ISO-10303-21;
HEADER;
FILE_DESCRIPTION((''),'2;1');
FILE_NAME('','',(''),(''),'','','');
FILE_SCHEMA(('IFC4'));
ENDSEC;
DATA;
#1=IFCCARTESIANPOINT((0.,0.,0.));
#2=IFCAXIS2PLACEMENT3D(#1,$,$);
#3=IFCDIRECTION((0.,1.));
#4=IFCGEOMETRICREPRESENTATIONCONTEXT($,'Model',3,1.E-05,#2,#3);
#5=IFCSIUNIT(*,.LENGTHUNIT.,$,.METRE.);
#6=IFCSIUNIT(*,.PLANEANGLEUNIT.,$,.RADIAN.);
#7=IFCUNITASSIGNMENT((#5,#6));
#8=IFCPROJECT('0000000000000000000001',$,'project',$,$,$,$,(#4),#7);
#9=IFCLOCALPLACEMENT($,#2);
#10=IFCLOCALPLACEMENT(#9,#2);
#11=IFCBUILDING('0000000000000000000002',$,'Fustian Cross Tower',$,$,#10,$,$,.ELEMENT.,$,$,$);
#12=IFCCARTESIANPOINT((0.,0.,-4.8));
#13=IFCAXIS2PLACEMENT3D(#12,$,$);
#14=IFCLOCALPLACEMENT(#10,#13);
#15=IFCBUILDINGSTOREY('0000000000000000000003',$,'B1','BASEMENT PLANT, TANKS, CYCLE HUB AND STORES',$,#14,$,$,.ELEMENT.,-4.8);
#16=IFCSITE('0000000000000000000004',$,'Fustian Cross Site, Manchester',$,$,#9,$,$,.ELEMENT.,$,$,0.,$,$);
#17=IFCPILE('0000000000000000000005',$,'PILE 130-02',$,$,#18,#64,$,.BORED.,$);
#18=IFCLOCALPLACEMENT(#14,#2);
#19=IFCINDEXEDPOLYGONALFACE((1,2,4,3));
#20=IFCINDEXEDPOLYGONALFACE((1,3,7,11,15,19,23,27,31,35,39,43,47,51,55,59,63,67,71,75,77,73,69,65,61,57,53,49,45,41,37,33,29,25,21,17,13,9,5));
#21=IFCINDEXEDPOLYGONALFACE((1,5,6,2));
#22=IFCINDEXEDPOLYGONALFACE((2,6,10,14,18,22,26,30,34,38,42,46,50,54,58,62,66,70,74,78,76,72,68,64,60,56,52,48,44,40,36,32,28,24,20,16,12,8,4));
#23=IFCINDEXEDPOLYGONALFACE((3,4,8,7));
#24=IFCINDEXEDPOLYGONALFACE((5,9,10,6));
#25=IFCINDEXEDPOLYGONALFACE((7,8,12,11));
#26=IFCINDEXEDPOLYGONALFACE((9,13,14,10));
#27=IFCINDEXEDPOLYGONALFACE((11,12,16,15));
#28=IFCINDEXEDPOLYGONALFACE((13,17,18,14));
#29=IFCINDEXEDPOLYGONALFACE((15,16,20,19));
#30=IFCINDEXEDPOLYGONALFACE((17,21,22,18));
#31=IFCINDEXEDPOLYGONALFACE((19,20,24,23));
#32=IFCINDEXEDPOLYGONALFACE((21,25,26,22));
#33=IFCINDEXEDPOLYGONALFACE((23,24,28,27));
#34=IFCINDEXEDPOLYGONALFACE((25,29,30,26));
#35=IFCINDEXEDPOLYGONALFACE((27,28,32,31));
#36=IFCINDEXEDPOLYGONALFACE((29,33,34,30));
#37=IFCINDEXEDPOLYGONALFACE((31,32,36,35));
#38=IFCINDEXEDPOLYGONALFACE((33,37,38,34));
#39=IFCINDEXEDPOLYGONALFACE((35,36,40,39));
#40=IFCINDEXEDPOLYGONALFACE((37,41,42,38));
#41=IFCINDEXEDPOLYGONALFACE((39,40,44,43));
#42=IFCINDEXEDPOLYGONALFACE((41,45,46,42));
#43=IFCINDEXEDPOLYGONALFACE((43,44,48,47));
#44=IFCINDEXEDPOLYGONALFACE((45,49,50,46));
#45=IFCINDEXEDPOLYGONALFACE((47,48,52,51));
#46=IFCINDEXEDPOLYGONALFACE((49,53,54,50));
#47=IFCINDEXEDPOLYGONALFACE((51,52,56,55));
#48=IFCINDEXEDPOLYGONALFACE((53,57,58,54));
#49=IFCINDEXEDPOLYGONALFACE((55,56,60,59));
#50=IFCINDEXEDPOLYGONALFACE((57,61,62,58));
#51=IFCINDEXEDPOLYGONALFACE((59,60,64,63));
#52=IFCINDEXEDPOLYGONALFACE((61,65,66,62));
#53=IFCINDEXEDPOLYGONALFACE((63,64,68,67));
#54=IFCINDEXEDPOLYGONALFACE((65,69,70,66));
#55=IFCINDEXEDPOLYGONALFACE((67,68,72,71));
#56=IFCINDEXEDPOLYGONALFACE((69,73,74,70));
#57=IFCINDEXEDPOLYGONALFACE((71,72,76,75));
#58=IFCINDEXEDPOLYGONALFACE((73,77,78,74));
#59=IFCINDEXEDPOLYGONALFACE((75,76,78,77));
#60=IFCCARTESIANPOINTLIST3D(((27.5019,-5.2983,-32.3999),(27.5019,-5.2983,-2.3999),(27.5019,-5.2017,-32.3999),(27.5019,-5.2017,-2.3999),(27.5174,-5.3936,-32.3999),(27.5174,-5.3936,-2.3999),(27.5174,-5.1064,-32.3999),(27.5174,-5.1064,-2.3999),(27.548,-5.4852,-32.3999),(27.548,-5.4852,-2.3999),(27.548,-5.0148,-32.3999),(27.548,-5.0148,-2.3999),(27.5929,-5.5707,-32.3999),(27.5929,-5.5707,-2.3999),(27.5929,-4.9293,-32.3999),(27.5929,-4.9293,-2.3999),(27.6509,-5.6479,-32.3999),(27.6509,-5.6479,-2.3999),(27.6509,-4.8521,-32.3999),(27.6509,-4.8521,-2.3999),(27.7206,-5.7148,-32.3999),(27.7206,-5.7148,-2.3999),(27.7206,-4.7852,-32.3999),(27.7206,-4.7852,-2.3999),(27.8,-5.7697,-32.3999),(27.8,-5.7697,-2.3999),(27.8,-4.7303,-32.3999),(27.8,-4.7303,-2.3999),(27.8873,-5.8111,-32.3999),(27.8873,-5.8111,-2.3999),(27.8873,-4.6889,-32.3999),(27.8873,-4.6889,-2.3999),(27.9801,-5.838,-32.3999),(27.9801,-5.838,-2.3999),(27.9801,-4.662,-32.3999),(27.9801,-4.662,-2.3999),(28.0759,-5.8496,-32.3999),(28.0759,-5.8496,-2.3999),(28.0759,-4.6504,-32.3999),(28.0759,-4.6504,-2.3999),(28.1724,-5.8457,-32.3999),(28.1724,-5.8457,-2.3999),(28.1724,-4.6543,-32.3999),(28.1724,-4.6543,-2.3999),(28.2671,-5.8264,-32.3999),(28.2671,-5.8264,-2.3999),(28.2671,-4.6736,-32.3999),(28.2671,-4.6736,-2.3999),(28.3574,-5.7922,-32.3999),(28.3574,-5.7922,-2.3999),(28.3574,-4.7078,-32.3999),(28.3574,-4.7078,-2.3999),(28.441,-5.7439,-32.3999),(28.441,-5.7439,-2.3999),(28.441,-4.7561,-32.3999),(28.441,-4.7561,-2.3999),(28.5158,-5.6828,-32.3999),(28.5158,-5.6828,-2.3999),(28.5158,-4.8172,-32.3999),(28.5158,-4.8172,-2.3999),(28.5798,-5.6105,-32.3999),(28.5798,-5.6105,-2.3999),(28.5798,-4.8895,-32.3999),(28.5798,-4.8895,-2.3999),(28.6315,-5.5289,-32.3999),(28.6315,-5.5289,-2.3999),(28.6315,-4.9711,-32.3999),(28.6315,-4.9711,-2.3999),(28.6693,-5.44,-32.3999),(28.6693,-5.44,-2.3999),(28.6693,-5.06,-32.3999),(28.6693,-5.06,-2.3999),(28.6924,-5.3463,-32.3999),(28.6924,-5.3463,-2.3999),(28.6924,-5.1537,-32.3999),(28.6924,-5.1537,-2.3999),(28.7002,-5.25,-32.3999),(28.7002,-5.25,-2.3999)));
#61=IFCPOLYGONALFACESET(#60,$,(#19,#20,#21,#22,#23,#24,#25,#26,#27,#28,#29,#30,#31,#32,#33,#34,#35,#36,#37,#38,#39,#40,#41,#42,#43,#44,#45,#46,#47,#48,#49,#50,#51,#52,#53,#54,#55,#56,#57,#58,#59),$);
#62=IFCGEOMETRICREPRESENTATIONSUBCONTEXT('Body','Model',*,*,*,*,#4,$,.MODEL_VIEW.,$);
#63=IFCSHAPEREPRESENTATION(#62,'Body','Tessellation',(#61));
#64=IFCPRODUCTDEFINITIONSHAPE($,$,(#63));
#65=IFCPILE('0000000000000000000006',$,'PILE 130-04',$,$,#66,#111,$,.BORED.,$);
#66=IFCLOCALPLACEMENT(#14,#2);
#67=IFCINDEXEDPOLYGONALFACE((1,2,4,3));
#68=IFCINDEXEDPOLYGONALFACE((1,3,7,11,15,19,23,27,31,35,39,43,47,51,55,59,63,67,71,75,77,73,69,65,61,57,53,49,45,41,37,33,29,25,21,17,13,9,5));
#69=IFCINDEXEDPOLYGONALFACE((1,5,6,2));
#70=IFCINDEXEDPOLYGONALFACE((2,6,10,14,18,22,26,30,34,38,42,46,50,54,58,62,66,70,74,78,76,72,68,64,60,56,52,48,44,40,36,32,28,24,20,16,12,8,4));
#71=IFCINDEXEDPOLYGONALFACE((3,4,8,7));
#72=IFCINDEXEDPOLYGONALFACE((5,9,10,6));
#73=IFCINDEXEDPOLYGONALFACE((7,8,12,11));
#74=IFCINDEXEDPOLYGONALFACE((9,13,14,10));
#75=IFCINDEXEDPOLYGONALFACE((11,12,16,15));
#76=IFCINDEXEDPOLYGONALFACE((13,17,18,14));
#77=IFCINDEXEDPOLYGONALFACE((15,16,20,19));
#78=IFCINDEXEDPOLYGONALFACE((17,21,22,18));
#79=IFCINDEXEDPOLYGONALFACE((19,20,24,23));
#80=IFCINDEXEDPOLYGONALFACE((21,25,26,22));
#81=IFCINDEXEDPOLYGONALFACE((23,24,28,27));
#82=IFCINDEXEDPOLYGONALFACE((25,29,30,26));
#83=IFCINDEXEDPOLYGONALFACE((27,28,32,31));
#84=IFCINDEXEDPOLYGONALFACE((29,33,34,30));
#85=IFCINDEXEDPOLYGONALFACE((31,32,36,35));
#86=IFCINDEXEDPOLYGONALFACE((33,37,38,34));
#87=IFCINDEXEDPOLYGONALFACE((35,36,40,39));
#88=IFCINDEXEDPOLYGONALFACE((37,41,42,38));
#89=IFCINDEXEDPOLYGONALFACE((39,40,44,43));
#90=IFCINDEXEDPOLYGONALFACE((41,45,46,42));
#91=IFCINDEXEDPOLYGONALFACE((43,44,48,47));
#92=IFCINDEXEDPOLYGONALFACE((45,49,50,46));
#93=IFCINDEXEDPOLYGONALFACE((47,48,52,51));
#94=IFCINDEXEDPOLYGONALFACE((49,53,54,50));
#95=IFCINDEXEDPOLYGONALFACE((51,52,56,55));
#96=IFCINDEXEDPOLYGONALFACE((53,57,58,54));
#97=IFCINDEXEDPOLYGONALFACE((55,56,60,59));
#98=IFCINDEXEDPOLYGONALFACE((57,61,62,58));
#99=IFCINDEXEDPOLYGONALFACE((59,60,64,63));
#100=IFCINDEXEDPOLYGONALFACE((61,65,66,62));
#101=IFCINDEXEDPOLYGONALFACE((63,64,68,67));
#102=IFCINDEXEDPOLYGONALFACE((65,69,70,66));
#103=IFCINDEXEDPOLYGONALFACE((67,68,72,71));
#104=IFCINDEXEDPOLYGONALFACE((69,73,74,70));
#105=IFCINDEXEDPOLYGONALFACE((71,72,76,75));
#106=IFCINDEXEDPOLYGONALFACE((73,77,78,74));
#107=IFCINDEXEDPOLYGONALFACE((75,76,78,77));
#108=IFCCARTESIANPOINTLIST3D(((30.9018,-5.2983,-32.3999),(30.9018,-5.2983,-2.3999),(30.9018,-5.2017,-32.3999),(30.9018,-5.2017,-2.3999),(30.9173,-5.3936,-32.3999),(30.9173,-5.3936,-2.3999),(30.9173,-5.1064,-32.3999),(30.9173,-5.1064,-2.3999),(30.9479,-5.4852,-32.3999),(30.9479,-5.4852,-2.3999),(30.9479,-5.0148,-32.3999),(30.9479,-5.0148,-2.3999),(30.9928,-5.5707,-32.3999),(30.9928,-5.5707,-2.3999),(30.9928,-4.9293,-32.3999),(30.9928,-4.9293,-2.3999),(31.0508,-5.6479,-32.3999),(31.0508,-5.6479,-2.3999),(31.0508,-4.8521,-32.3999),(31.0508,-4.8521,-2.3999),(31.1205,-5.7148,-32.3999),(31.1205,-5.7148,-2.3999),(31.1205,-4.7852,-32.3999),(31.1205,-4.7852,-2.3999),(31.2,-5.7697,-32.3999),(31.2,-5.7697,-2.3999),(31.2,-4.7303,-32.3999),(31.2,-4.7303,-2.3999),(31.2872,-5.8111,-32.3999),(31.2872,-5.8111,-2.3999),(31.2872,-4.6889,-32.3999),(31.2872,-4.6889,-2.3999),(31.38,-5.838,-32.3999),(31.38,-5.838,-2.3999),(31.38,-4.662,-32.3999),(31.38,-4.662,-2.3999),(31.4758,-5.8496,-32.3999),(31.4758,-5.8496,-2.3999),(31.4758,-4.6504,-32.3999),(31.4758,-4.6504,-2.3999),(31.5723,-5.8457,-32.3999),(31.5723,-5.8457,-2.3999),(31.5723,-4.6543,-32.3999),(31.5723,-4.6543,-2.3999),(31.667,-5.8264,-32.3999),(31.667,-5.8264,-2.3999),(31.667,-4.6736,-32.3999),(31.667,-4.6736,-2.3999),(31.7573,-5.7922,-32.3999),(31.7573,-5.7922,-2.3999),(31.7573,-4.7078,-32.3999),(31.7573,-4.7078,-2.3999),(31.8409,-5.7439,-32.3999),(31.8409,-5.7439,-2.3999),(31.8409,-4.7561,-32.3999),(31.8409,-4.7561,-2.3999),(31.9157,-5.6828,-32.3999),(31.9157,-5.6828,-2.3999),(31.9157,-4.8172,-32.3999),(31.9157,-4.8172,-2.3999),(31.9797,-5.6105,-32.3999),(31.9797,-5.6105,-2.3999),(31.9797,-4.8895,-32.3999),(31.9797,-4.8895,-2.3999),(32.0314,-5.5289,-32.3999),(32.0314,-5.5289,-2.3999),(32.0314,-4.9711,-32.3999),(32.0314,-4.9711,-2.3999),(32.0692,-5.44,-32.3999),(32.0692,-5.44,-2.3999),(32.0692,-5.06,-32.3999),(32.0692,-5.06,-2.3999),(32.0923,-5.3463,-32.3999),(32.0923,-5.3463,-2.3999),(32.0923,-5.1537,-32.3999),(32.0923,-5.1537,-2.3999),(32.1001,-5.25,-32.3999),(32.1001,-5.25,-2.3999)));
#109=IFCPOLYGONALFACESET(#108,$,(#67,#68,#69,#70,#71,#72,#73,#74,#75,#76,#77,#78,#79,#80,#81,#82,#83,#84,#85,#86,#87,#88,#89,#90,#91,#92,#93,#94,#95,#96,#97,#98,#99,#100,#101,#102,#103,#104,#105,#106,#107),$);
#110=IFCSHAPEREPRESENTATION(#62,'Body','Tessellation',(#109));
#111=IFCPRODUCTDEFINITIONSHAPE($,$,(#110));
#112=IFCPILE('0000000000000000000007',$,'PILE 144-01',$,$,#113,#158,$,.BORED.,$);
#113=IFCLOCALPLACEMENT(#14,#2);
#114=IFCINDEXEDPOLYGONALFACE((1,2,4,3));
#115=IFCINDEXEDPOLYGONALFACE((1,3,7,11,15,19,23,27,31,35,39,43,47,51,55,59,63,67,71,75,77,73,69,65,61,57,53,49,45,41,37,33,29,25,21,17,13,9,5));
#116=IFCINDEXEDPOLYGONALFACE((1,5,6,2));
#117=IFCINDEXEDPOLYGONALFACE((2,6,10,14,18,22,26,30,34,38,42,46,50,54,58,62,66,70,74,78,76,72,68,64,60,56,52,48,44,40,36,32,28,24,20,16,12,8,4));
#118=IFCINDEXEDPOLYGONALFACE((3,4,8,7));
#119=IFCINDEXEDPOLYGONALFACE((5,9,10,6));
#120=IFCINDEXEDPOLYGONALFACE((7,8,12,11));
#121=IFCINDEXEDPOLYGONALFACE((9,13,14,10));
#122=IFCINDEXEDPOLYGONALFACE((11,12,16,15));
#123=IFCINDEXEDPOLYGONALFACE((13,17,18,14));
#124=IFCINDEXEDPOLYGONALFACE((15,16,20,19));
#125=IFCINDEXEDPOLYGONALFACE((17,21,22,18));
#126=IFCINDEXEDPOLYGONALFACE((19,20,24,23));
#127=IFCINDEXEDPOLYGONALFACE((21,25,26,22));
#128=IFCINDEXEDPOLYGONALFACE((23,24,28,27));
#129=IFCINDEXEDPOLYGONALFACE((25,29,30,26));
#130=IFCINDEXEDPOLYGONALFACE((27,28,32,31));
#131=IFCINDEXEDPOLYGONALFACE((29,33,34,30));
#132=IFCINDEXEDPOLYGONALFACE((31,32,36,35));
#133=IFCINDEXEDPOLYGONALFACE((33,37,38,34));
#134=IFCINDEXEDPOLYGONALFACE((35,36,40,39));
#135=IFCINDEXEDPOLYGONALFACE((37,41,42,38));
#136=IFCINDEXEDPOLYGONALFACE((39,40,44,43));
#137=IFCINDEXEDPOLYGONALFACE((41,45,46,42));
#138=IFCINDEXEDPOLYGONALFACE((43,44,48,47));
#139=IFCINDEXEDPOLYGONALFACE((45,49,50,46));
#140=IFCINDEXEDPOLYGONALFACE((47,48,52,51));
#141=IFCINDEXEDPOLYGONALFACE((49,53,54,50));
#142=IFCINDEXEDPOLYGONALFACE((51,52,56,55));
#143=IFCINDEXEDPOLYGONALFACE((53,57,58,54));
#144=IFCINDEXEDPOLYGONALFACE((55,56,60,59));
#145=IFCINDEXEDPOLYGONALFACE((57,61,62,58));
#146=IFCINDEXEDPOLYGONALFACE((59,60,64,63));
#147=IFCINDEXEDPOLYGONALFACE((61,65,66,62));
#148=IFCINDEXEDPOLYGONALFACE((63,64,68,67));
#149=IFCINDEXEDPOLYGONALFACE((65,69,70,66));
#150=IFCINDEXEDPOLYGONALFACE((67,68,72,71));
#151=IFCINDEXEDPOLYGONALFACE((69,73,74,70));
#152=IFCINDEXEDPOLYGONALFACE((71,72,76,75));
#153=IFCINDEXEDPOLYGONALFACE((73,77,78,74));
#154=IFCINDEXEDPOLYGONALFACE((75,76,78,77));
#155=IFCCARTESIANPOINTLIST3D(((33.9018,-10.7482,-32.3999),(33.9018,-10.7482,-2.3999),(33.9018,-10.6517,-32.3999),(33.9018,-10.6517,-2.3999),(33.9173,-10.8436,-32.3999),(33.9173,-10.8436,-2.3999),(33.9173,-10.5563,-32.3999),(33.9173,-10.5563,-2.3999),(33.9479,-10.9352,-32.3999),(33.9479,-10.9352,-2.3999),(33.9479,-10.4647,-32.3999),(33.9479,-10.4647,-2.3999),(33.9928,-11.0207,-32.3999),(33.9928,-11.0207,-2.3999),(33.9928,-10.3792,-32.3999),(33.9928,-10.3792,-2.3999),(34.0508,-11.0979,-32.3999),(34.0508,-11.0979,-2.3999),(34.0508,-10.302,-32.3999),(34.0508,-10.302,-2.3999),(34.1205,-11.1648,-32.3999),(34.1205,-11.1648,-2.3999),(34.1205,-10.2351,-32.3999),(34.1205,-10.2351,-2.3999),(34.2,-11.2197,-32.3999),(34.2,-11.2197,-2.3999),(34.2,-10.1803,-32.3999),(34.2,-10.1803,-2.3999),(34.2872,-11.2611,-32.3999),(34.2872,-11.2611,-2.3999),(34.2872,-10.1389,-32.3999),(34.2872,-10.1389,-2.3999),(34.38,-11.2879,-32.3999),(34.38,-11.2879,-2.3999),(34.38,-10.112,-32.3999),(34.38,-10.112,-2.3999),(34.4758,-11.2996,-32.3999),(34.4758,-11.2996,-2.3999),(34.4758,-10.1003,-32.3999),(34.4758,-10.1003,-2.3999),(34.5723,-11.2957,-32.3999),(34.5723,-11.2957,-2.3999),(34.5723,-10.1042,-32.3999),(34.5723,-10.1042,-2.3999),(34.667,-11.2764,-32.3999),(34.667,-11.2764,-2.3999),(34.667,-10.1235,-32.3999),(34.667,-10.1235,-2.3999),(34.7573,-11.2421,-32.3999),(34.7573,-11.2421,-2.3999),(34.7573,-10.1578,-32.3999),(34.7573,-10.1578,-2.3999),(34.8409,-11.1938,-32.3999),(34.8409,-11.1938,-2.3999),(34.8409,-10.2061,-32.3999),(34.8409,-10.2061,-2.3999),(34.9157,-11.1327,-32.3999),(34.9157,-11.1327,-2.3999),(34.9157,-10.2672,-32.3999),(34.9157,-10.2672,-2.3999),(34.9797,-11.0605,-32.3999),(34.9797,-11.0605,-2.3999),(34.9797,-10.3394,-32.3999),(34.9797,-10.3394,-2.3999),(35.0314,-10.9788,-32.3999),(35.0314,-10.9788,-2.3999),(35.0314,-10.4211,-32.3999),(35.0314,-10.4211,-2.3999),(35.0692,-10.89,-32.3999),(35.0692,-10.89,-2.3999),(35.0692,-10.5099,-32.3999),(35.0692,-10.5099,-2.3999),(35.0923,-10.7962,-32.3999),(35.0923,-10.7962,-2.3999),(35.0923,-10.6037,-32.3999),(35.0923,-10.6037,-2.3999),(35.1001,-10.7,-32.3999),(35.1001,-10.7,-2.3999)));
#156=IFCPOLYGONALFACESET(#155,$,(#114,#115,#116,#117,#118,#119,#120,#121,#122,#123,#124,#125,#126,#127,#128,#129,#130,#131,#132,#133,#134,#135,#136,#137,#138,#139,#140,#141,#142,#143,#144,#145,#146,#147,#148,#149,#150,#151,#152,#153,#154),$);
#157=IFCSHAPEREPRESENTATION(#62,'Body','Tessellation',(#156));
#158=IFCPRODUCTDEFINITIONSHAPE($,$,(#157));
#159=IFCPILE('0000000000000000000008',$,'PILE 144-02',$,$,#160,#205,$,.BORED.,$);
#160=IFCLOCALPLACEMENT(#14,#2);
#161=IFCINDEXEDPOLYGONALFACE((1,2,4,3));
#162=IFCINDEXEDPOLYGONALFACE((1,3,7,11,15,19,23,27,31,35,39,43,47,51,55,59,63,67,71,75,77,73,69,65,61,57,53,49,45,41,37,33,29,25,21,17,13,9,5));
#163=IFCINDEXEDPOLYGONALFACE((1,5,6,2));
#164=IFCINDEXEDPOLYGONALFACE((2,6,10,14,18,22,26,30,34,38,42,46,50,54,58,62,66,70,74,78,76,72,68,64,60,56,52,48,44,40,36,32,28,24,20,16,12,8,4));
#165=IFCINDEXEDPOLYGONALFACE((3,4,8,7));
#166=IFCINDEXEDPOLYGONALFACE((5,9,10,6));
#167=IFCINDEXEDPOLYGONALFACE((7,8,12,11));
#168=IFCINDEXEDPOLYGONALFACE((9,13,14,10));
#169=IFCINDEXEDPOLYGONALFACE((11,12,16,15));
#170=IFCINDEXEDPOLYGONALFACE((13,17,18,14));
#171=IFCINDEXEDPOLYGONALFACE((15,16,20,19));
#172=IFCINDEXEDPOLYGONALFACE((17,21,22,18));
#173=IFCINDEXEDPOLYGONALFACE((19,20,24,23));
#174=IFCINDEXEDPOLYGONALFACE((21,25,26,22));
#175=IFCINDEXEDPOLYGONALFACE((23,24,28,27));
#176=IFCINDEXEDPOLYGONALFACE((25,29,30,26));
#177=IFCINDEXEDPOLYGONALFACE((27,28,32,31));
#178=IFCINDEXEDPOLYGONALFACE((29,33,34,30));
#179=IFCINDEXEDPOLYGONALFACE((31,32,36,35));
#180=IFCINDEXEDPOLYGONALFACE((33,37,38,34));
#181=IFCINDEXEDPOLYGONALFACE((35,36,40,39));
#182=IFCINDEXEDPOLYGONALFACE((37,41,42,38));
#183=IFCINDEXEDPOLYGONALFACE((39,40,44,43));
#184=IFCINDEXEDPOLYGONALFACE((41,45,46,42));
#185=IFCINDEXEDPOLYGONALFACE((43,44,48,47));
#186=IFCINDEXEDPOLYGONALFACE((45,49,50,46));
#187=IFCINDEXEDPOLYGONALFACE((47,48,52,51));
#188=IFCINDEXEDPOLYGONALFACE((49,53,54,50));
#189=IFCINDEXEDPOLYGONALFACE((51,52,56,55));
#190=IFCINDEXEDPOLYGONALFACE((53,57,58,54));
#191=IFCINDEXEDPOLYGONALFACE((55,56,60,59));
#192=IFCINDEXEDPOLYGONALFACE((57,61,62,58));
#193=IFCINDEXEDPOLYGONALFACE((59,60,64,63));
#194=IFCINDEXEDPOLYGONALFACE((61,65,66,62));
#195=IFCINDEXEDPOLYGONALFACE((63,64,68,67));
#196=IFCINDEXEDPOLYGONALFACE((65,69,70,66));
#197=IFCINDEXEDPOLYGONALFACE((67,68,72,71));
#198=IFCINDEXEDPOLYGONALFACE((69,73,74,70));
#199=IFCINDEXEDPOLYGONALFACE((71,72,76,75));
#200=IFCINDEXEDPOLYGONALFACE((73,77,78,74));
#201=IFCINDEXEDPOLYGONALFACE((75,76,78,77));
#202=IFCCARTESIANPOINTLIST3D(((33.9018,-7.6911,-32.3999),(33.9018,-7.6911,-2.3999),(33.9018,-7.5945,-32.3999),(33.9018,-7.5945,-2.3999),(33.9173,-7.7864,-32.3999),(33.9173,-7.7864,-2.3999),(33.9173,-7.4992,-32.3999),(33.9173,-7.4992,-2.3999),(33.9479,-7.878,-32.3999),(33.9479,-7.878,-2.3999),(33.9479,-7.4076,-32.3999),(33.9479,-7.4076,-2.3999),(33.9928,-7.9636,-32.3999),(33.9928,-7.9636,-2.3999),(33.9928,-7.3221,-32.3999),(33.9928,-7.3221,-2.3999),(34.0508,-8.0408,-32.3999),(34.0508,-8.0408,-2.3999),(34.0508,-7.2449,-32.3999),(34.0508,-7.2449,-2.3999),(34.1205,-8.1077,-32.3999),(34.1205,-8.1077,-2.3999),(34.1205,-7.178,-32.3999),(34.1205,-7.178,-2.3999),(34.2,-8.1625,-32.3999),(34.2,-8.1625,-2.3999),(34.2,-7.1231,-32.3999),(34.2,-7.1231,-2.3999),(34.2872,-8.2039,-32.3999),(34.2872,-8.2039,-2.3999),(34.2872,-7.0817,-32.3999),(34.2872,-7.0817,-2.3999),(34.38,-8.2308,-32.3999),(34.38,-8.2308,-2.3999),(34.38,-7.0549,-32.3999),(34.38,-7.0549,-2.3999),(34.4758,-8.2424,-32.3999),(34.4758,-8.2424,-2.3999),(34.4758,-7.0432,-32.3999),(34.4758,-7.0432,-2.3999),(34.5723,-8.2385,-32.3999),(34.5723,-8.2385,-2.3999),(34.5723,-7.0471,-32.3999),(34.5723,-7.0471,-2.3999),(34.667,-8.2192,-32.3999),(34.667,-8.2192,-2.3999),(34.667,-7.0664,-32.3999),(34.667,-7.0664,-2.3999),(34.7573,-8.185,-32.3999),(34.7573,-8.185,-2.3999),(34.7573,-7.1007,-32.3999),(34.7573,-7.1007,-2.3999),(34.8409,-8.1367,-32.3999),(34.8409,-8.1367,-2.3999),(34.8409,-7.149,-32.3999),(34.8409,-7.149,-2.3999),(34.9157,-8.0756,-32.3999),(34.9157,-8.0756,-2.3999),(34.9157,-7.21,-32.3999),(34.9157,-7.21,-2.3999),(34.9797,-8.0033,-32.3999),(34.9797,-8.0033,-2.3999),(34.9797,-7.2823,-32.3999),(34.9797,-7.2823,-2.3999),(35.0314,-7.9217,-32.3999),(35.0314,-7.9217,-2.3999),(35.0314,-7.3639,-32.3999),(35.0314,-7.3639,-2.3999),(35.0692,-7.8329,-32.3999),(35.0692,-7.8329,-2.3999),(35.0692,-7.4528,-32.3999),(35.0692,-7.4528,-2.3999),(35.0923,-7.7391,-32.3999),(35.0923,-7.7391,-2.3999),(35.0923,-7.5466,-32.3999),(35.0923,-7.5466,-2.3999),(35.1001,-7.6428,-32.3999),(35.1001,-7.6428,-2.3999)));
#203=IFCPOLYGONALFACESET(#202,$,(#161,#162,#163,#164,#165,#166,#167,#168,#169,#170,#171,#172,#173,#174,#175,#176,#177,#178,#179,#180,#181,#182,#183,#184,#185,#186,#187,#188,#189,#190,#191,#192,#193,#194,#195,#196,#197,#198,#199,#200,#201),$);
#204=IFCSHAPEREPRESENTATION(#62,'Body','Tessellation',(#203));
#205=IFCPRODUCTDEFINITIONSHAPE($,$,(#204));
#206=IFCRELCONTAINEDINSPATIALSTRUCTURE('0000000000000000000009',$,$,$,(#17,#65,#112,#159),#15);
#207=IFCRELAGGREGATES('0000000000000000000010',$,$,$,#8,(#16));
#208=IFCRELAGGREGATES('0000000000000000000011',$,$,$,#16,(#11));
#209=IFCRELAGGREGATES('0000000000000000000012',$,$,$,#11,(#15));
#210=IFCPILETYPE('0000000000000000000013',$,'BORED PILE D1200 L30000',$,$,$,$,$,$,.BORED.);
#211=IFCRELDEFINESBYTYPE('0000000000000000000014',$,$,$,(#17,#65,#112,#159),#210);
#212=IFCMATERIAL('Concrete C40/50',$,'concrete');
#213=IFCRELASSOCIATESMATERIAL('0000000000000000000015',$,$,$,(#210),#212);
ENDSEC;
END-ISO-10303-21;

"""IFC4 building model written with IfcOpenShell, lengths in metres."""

from ifc_helpers import new_model, si_unit, direction, frame, origin, origin_2d, place, context, subcontext, project, spatial, circle, extrude, material, material_profile, profile_set, type_object, element, save


model = new_model("IFC4")

# Units and contexts
model_context = context("Model", 3, precision=1e-05, world=origin(), true_north=direction((0.0, 1.0)))
body_context = subcontext(model_context, "Body", "Model", "MODEL_VIEW")
ifc_project = project(units=[si_unit("LENGTHUNIT", "METRE"), si_unit("PLANEANGLEUNIT", "RADIAN")], contexts=[model_context])

# Site, building, storey
site_placement = place(None, origin())
site = spatial("IfcSite", under=ifc_project, at=site_placement, Name="Fustian Cross Site, Manchester", CompositionType="ELEMENT", RefElevation=0.0)
building_placement = place(site_placement, origin())
building = spatial("IfcBuilding", under=site, at=building_placement, Name="Fustian Cross Tower", CompositionType="ELEMENT")
storey_placement = place(building_placement, frame((0.0, 0.0, -4.8)))
storey = spatial("IfcBuildingStorey", under=building, at=storey_placement, Name="B1", Description="BASEMENT PLANT, TANKS, CYCLE HUB AND STORES", CompositionType="ELEMENT", Elevation=-4.8)

# Piles
ifc_material_1 = material(Name="Concrete C40/50", Category="concrete")
ifc_material_profile_1 = material_profile(ifc_material_1, circle(Radius=0.6001, at=origin_2d()), Name="BORED PILE D1200 L30000")
ifc_profile_set_1 = profile_set([ifc_material_profile_1], Name="Concrete C40/50")
pile_type_1 = type_object("IfcPileType", Name="BORED PILE D1200 L30000", PredefinedType="BORED", material=ifc_profile_set_1)
for number, where, z_axis, x_axis, name in (
    (1, (28.1001, -5.25, -2.3999), (0.0, 0.0, -1.0), (1.0, 0.0, 0.0), "PILE 130-02"),
    (2, (31.5, -5.25, -2.3999), (0.0, 0.0, -1.0), (1.0, 0.0, 0.0), "PILE 130-04"),
    (3, (34.5, -10.7, -2.3999), (0.0, 0.0, -1.0), (1.0, 0.0, 0.0), "PILE 144-01"),
    (4, (34.5, -7.6428, -2.3999), (0.0, 0.0, -1.0), (1.0, 0.0, 0.0), "PILE 144-02"),
):
    element("IfcPile", number, at=place(storey_placement, frame(where, z_axis=z_axis, x_axis=x_axis)), inside=storey, type_object=pile_type_1, Name=name, PredefinedType="BORED", context=body_context, shape_type="SweptSolid", body=[
        extrude(circle(Radius=0.6001, at=origin_2d()), origin(), (0.0, 0.0, 1.0), 30.0),
    ])

save(model, "model.ifc")
